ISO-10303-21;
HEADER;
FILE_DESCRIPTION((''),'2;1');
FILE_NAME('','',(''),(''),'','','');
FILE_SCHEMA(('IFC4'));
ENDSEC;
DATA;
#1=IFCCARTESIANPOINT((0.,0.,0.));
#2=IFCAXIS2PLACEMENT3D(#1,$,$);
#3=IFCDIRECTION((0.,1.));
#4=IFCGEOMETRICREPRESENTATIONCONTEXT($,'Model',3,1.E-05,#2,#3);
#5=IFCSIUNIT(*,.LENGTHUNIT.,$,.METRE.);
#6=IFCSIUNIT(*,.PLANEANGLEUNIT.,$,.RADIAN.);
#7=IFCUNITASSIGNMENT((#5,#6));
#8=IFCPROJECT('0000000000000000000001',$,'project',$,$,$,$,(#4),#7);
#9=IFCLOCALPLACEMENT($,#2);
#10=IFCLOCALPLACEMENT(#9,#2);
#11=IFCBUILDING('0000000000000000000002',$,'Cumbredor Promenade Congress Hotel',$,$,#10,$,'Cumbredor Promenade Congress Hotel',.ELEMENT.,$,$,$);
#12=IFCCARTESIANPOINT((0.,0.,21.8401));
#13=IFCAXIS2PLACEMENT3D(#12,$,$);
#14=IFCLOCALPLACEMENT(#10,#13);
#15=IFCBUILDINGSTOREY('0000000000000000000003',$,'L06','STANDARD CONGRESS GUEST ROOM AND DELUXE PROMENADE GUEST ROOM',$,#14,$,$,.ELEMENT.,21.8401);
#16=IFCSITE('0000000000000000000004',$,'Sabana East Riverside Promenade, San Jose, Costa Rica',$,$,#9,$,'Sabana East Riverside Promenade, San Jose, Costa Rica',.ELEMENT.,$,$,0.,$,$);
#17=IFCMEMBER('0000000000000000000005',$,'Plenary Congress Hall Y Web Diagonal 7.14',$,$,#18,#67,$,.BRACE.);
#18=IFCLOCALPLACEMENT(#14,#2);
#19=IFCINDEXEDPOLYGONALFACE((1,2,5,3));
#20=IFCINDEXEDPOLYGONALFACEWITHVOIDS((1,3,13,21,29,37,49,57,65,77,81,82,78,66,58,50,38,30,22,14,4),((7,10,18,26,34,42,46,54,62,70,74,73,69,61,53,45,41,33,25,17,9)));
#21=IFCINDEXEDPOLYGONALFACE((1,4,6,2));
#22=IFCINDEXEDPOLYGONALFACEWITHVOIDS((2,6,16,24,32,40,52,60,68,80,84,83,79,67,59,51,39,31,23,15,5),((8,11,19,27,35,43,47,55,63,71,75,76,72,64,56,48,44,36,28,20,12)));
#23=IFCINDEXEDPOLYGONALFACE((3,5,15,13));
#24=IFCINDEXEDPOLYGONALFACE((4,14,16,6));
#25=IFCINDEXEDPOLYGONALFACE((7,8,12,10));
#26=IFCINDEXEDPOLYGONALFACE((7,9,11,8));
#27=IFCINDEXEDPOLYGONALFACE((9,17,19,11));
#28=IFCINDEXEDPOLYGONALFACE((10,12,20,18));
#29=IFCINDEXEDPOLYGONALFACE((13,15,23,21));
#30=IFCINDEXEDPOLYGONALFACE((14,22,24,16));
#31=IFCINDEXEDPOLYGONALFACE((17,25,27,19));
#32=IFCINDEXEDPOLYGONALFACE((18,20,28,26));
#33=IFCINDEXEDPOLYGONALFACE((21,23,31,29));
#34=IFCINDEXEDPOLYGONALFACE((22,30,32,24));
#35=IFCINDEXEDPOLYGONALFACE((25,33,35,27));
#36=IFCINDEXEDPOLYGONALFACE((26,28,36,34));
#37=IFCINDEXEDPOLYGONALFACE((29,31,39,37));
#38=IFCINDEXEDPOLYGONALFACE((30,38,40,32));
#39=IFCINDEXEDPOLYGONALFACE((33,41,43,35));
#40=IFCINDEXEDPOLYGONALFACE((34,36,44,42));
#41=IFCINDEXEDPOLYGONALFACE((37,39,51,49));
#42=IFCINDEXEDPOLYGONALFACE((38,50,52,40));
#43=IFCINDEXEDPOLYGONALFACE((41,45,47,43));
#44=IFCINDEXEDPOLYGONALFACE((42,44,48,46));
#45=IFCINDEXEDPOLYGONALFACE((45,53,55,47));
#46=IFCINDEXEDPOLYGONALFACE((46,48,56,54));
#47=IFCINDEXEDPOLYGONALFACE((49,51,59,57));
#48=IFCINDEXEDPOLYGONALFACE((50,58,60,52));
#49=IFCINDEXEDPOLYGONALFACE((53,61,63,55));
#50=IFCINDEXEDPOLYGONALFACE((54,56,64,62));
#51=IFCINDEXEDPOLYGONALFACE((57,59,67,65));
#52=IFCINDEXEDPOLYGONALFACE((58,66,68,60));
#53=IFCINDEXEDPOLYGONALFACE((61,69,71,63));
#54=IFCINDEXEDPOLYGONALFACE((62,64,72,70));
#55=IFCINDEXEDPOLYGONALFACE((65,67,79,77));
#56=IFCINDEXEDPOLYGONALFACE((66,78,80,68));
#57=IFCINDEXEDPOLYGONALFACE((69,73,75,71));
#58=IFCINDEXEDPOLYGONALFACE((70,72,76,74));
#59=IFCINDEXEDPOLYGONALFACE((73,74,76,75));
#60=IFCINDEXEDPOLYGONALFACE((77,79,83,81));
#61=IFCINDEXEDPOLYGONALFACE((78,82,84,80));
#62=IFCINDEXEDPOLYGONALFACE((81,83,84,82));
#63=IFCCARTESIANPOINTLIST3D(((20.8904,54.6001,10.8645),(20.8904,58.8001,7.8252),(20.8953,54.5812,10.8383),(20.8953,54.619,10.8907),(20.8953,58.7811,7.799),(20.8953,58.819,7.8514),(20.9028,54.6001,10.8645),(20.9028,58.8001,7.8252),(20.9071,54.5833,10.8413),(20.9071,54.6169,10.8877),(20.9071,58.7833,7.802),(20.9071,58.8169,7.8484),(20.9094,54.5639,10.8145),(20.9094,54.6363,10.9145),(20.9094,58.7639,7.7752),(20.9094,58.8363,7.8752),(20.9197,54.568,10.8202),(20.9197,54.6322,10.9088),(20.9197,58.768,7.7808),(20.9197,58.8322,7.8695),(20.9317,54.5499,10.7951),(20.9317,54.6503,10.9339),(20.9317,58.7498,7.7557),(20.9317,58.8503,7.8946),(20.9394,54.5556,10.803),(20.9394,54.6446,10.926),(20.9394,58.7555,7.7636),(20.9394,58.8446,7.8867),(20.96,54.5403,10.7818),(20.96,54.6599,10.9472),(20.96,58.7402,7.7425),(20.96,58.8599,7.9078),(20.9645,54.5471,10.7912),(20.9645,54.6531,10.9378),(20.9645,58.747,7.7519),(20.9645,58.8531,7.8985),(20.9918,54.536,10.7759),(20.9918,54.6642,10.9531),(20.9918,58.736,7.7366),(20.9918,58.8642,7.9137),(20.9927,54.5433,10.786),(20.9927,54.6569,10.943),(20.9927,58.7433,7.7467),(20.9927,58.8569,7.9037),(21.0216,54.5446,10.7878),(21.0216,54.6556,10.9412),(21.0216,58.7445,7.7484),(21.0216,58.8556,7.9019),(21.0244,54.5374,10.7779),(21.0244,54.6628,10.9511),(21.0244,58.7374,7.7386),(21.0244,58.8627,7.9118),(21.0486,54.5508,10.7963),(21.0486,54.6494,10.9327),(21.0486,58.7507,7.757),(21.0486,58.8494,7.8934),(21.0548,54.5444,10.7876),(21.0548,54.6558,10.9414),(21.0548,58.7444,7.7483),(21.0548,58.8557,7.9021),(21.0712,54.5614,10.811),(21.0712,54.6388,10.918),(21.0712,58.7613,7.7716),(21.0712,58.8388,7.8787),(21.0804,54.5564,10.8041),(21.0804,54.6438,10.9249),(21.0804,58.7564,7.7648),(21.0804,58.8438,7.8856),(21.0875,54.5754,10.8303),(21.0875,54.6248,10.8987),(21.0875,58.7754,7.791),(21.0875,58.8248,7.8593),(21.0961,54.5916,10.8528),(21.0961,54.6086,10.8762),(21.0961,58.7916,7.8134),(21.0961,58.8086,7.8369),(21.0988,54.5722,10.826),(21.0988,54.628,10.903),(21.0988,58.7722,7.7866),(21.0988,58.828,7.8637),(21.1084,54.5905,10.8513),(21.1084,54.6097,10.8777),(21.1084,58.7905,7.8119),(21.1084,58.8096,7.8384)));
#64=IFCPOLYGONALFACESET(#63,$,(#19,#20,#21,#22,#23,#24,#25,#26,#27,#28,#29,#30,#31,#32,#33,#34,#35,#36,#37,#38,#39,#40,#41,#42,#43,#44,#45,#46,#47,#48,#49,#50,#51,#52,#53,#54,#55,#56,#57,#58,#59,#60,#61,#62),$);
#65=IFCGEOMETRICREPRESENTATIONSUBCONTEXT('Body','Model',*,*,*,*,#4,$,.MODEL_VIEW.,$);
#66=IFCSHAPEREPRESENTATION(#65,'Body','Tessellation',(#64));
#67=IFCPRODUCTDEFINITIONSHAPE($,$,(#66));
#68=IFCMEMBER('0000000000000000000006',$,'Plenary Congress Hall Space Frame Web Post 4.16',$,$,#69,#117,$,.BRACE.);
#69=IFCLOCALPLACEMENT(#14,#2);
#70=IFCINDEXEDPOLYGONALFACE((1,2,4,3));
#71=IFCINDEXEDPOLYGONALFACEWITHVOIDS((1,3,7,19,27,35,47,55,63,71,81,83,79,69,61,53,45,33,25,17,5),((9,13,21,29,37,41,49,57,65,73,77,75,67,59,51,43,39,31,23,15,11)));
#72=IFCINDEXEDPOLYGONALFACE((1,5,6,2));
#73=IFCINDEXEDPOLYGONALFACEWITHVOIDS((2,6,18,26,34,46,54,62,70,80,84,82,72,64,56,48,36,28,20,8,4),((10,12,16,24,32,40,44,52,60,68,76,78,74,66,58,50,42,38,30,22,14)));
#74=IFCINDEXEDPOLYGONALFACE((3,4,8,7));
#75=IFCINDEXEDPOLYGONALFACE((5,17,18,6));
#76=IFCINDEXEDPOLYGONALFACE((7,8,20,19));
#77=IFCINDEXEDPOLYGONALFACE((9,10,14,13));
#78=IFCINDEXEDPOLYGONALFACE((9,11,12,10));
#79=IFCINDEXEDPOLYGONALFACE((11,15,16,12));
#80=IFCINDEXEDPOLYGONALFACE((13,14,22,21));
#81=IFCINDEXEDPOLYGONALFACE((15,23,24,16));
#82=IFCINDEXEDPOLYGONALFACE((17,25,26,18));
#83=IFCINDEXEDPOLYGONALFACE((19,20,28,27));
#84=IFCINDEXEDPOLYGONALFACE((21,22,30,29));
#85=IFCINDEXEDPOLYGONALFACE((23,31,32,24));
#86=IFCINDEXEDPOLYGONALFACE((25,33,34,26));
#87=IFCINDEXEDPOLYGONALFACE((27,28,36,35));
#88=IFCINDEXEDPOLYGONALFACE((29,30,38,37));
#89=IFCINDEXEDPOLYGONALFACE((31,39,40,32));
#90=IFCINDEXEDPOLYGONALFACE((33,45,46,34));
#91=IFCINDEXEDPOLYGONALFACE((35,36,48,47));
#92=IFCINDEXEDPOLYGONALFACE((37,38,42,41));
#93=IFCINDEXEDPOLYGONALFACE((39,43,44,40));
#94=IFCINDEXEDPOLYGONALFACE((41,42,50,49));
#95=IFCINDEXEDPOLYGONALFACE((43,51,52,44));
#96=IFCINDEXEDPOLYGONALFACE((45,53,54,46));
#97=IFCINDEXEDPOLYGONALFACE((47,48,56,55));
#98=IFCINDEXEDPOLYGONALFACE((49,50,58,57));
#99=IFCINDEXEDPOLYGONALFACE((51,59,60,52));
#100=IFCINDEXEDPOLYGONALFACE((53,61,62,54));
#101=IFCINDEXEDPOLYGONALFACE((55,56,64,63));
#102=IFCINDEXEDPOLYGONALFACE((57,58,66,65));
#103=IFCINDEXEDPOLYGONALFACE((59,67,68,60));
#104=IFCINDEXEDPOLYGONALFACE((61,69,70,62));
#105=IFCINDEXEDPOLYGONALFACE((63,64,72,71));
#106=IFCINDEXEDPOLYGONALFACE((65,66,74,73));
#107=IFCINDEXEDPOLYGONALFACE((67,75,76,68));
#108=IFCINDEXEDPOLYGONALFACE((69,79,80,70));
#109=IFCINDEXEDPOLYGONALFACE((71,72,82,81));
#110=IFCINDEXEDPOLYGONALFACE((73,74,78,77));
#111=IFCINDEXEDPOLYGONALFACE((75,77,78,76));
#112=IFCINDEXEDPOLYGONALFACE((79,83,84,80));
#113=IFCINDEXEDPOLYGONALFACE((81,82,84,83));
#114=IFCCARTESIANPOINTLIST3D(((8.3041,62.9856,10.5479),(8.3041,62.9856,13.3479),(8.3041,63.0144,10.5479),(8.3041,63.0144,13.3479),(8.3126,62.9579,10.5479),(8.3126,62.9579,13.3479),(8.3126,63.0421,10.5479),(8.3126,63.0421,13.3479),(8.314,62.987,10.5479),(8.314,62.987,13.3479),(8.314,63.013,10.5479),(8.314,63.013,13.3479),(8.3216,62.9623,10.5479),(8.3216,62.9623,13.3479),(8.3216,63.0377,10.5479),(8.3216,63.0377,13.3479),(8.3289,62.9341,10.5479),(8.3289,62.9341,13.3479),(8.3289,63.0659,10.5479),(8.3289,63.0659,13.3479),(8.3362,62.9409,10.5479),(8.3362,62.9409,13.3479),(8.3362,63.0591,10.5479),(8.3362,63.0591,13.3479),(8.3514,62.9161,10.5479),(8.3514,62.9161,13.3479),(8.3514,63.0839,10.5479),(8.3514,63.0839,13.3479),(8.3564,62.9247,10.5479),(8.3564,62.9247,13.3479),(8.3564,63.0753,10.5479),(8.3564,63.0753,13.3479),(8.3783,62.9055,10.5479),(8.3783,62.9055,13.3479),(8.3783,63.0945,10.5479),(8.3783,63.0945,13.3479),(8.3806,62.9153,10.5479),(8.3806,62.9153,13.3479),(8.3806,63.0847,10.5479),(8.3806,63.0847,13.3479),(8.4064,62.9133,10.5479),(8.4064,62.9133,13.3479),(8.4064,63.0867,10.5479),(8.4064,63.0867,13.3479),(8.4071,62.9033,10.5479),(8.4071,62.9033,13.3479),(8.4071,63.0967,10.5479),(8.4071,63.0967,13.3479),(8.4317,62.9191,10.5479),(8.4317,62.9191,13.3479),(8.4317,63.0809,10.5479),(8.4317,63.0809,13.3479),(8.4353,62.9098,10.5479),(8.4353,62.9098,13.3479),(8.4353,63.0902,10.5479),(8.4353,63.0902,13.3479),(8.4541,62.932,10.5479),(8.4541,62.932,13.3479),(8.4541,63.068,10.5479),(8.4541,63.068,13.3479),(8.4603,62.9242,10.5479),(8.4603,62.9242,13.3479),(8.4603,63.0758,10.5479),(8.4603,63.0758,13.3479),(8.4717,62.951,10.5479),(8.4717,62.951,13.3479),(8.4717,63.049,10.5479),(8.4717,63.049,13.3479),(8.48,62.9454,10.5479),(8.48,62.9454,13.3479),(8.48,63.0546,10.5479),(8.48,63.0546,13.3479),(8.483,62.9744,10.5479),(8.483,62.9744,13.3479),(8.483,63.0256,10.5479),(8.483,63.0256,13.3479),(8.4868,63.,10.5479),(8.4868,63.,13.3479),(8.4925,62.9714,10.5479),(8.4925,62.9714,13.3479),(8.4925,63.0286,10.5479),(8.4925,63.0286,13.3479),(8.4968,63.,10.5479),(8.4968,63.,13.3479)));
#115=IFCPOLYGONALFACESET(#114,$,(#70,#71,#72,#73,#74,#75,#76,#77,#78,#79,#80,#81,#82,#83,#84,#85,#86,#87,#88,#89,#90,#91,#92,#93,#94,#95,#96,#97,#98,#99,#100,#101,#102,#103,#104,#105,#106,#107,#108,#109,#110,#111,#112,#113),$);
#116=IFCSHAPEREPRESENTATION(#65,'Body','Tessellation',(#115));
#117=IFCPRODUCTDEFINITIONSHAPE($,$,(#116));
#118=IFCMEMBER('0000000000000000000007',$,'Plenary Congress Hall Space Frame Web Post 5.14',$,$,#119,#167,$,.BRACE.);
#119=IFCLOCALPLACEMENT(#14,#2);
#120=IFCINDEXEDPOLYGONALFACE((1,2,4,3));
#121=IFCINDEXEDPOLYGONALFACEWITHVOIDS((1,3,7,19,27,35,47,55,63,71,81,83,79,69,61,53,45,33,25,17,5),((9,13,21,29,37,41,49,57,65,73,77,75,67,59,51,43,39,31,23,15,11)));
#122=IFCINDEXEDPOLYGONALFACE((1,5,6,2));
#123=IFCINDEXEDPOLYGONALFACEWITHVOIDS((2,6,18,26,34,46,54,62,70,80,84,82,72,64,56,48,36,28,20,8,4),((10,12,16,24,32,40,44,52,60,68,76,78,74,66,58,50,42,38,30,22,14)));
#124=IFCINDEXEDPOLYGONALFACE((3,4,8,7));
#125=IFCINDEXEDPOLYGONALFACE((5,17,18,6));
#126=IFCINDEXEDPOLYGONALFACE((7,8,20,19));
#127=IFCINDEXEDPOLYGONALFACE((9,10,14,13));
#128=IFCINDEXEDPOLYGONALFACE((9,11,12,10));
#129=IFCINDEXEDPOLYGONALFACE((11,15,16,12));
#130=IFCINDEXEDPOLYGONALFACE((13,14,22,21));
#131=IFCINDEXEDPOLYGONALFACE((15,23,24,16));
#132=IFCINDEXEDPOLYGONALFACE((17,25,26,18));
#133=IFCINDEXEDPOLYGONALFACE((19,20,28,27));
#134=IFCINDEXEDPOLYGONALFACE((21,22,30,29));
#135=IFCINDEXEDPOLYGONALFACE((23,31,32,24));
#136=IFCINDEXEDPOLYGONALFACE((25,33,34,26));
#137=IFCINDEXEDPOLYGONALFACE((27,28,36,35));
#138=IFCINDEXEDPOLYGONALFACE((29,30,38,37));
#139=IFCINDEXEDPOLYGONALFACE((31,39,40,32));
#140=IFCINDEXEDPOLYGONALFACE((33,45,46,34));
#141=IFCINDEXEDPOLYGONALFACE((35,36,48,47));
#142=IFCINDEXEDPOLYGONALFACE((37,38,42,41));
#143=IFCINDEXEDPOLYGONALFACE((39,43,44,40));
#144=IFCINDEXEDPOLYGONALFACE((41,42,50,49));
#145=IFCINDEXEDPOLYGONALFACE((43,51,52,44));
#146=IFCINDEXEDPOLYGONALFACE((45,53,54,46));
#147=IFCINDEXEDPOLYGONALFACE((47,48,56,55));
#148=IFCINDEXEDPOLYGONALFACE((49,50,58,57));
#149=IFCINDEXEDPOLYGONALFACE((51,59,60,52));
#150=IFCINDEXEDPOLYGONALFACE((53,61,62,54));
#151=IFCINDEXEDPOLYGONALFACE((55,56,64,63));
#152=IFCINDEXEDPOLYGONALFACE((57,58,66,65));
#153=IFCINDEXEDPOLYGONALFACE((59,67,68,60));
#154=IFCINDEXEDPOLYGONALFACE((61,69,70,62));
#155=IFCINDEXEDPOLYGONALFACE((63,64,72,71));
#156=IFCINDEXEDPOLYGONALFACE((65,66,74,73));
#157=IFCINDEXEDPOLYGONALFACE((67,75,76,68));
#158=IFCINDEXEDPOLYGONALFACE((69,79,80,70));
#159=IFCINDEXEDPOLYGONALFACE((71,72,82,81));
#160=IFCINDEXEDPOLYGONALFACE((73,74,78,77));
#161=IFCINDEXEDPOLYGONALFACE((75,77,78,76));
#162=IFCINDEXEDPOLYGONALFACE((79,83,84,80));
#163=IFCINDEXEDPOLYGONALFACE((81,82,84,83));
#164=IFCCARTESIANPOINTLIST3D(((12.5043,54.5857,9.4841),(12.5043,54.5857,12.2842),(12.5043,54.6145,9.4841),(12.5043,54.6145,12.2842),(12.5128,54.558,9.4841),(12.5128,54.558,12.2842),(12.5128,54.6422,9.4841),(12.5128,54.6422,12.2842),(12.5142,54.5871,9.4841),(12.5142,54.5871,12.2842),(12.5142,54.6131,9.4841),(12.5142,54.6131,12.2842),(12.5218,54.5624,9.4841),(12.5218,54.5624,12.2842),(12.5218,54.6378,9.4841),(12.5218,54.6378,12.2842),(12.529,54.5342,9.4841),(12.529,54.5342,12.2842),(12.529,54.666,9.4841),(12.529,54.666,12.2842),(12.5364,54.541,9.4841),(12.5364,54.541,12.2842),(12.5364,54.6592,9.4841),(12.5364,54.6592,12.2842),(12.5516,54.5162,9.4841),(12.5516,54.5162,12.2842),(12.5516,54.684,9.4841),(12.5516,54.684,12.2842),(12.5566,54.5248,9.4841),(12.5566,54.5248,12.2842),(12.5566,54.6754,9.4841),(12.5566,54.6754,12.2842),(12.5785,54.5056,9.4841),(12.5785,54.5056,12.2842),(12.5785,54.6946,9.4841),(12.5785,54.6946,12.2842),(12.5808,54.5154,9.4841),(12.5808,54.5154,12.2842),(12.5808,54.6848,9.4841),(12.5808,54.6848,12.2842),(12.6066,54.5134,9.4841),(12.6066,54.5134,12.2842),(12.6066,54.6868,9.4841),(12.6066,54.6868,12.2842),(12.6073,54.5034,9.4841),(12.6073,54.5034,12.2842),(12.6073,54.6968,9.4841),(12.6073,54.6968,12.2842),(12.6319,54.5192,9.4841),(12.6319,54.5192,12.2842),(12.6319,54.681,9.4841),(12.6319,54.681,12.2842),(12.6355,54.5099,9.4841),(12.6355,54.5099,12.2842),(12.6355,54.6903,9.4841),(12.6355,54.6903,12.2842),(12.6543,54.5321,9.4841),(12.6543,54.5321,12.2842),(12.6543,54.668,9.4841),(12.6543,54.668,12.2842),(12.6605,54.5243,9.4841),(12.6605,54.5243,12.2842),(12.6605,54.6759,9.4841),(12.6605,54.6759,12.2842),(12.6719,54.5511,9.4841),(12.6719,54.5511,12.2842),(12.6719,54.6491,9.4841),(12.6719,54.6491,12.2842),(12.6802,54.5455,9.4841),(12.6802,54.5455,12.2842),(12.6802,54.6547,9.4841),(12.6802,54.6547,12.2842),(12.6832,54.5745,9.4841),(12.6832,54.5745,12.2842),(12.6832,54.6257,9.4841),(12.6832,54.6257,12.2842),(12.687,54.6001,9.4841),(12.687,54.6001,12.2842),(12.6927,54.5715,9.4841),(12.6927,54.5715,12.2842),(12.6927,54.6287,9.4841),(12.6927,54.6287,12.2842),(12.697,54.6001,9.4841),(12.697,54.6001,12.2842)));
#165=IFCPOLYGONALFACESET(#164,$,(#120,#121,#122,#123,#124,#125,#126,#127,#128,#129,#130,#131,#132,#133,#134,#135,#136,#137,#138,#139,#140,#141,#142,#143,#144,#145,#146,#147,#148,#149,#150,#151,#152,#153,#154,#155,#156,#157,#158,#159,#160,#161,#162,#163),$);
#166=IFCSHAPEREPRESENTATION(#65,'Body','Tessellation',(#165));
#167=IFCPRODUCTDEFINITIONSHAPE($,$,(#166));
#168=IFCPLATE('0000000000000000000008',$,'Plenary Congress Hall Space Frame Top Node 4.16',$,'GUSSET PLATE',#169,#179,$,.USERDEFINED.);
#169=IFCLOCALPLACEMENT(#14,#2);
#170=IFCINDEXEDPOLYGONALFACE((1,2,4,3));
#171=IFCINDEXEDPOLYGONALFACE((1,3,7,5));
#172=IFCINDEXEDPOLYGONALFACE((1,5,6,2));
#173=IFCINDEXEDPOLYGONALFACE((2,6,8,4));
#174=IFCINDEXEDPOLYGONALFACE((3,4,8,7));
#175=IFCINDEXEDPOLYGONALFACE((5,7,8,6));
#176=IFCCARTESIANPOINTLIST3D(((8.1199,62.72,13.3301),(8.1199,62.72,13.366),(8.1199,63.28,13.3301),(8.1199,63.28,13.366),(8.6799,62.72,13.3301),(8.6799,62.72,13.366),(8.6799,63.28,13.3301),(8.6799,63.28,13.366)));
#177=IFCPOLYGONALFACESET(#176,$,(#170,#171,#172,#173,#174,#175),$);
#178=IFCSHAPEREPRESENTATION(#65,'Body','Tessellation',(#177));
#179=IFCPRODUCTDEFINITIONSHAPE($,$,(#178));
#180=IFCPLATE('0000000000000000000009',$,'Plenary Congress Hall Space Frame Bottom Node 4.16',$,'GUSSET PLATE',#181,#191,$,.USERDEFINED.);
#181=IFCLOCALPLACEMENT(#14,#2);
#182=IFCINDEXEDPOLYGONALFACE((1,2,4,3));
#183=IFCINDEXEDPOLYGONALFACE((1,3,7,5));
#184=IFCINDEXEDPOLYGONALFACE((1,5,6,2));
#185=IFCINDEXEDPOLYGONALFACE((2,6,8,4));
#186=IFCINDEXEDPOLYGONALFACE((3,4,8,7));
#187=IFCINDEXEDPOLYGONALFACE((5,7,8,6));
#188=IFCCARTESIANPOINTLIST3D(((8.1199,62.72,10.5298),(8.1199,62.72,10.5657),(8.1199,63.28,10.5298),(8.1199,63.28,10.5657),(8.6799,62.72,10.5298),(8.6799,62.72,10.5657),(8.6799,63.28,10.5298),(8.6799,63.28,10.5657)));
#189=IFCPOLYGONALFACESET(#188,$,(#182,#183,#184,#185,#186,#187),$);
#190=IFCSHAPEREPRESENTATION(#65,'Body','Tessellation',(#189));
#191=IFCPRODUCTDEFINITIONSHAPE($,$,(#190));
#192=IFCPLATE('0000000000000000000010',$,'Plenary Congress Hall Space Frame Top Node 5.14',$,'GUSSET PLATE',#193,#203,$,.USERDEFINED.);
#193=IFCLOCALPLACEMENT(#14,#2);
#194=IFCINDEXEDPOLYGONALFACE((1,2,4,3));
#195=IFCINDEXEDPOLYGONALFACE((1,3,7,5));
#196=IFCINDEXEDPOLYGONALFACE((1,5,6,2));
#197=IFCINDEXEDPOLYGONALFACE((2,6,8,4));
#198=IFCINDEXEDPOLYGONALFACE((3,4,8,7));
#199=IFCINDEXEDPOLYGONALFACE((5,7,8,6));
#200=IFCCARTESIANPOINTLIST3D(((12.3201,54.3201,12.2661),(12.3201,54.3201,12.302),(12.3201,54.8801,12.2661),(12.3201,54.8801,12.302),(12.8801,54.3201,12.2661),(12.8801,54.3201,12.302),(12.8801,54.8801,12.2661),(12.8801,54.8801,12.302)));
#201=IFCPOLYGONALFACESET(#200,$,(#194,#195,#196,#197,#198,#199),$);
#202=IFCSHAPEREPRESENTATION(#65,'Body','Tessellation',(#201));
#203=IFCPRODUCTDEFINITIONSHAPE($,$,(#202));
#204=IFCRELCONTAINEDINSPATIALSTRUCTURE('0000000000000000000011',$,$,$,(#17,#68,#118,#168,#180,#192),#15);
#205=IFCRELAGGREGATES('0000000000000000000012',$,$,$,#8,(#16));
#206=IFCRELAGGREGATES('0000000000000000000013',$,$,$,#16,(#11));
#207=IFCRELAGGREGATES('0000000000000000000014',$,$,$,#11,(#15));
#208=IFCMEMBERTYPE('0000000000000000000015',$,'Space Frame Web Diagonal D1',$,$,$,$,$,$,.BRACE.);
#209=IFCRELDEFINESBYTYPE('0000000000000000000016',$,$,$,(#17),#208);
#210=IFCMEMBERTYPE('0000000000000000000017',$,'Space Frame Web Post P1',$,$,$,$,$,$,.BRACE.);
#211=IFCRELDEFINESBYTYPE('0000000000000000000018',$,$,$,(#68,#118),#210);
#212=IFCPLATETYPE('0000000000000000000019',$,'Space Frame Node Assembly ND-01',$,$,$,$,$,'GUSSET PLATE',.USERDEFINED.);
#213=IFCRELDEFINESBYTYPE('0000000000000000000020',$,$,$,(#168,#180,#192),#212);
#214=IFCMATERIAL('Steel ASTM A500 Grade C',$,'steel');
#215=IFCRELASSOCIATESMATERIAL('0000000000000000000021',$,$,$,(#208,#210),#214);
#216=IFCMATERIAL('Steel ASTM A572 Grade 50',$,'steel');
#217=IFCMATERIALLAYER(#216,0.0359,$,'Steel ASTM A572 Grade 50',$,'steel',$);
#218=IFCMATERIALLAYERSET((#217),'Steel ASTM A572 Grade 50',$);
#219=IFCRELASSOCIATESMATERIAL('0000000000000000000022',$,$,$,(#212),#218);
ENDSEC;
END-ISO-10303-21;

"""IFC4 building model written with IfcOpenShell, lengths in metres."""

from ifc_helpers import new_model, si_unit, direction, frame, origin, origin_2d, place, context, subcontext, project, spatial, rectangle, hollow_circle, extrude, material, layer, layer_set, material_profile, profile_set, type_object, element, save


model = new_model("IFC4")

# Units and contexts
model_context = context("Model", 3, precision=1e-05, world=origin(), true_north=direction((0.0, 1.0)))
body_context = subcontext(model_context, "Body", "Model", "MODEL_VIEW")
ifc_project = project(units=[si_unit("LENGTHUNIT", "METRE"), si_unit("PLANEANGLEUNIT", "RADIAN")], contexts=[model_context])

# Site, building, storey
site_placement = place(None, origin())
site = spatial("IfcSite", under=ifc_project, at=site_placement, Name="Sabana East Riverside Promenade, San Jose, Costa Rica", LongName="Sabana East Riverside Promenade, San Jose, Costa Rica", CompositionType="ELEMENT", RefElevation=0.0)
building_placement = place(site_placement, origin())
building = spatial("IfcBuilding", under=site, at=building_placement, Name="Cumbredor Promenade Congress Hotel", LongName="Cumbredor Promenade Congress Hotel", CompositionType="ELEMENT")
storey_placement = place(building_placement, frame((0.0, 0.0, 21.8401)))
storey = spatial("IfcBuildingStorey", under=building, at=storey_placement, Name="L06", Description="STANDARD CONGRESS GUEST ROOM AND DELUXE PROMENADE GUEST ROOM", CompositionType="ELEMENT", Elevation=21.8401)

# Members
ifc_material_1 = material(Name="Steel ASTM A500 Grade C", Category="steel")
ifc_material_profile_1 = material_profile(ifc_material_1, hollow_circle(Radius=0.1096, WallThickness=0.0125, at=origin_2d()), Name="CHS 219.1x12.5")
ifc_profile_set_1 = profile_set([ifc_material_profile_1], Name="Steel ASTM A500 Grade C")
member_type_1 = type_object("IfcMemberType", Name="Space Frame Web Diagonal D1", PredefinedType="BRACE", material=ifc_profile_set_1)
member_1_placement = place(storey_placement, frame((21.0, 54.6001, 10.8645), z_axis=(0.0, 0.810129, -0.586252), x_axis=(-1.0, 0.0, 0.0)))
element("IfcMember", 1, at=member_1_placement, inside=storey, type_object=member_type_1, Name="Plenary Congress Hall Y Web Diagonal 7.14", PredefinedType="BRACE", context=body_context, shape_type="SweptSolid", body=[
    extrude(hollow_circle(Radius=0.1096, WallThickness=0.0125, at=origin_2d()), origin(), (0.0, 0.0, 1.0), 5.1843),
])
ifc_material_profile_2 = material_profile(ifc_material_1, hollow_circle(Radius=0.0969, WallThickness=0.01, at=origin_2d()), Name="CHS 193.7x10")
ifc_profile_set_2 = profile_set([ifc_material_profile_2], Name="Steel ASTM A500 Grade C")
member_type_2 = type_object("IfcMemberType", Name="Space Frame Web Post P1", PredefinedType="BRACE", material=ifc_profile_set_2)
for number, where, z_axis, x_axis, name in (
    (2, (8.3999, 63.0, 10.5479), (0.0, 0.0, 1.0), (1.0, 0.0, 0.0), "Plenary Congress Hall Space Frame Web Post 4.16"),
    (3, (12.6001, 54.6001, 9.4841), (0.0, 0.0, 1.0), (1.0, 0.0, 0.0), "Plenary Congress Hall Space Frame Web Post 5.14"),
):
    element("IfcMember", number, at=place(storey_placement, frame(where, z_axis=z_axis, x_axis=x_axis)), inside=storey, type_object=member_type_2, Name=name, PredefinedType="BRACE", context=body_context, shape_type="SweptSolid", body=[
        extrude(hollow_circle(Radius=0.0969, WallThickness=0.01, at=origin_2d()), origin(), (0.0, 0.0, 1.0), 2.8),
    ])

# Plates
ifc_material_2 = material(Name="Steel ASTM A572 Grade 50", Category="steel")
ifc_layer = layer(ifc_material_2, 0.0359, Name="Steel ASTM A572 Grade 50", Category="steel")
ifc_layer_set = layer_set([ifc_layer], Name="Steel ASTM A572 Grade 50")
plate_type = type_object("IfcPlateType", Name="Space Frame Node Assembly ND-01", ElementType="GUSSET PLATE", PredefinedType="USERDEFINED", material=ifc_layer_set)
for number, where, z_axis, x_axis, name in (
    (4, (8.3999, 63.0, 13.3301), (0.0, 0.0, 1.0), (1.0, 0.0, 0.0), "Plenary Congress Hall Space Frame Top Node 4.16"),
    (5, (8.3999, 63.0, 10.5298), (0.0, 0.0, 1.0), (1.0, 0.0, 0.0), "Plenary Congress Hall Space Frame Bottom Node 4.16"),
    (6, (12.6001, 54.6001, 12.2661), (0.0, 0.0, 1.0), (1.0, 0.0, 0.0), "Plenary Congress Hall Space Frame Top Node 5.14"),
):
    element("IfcPlate", number, at=place(storey_placement, frame(where, z_axis=z_axis, x_axis=x_axis)), inside=storey, type_object=plate_type, Name=name, ObjectType="GUSSET PLATE", PredefinedType="USERDEFINED", context=body_context, shape_type="SweptSolid", body=[
        extrude(rectangle(XDim=0.5601, YDim=0.5601, at=origin_2d()), origin(), (0.0, 0.0, 1.0), 0.0359),
    ])

save(model, "model.ifc")
